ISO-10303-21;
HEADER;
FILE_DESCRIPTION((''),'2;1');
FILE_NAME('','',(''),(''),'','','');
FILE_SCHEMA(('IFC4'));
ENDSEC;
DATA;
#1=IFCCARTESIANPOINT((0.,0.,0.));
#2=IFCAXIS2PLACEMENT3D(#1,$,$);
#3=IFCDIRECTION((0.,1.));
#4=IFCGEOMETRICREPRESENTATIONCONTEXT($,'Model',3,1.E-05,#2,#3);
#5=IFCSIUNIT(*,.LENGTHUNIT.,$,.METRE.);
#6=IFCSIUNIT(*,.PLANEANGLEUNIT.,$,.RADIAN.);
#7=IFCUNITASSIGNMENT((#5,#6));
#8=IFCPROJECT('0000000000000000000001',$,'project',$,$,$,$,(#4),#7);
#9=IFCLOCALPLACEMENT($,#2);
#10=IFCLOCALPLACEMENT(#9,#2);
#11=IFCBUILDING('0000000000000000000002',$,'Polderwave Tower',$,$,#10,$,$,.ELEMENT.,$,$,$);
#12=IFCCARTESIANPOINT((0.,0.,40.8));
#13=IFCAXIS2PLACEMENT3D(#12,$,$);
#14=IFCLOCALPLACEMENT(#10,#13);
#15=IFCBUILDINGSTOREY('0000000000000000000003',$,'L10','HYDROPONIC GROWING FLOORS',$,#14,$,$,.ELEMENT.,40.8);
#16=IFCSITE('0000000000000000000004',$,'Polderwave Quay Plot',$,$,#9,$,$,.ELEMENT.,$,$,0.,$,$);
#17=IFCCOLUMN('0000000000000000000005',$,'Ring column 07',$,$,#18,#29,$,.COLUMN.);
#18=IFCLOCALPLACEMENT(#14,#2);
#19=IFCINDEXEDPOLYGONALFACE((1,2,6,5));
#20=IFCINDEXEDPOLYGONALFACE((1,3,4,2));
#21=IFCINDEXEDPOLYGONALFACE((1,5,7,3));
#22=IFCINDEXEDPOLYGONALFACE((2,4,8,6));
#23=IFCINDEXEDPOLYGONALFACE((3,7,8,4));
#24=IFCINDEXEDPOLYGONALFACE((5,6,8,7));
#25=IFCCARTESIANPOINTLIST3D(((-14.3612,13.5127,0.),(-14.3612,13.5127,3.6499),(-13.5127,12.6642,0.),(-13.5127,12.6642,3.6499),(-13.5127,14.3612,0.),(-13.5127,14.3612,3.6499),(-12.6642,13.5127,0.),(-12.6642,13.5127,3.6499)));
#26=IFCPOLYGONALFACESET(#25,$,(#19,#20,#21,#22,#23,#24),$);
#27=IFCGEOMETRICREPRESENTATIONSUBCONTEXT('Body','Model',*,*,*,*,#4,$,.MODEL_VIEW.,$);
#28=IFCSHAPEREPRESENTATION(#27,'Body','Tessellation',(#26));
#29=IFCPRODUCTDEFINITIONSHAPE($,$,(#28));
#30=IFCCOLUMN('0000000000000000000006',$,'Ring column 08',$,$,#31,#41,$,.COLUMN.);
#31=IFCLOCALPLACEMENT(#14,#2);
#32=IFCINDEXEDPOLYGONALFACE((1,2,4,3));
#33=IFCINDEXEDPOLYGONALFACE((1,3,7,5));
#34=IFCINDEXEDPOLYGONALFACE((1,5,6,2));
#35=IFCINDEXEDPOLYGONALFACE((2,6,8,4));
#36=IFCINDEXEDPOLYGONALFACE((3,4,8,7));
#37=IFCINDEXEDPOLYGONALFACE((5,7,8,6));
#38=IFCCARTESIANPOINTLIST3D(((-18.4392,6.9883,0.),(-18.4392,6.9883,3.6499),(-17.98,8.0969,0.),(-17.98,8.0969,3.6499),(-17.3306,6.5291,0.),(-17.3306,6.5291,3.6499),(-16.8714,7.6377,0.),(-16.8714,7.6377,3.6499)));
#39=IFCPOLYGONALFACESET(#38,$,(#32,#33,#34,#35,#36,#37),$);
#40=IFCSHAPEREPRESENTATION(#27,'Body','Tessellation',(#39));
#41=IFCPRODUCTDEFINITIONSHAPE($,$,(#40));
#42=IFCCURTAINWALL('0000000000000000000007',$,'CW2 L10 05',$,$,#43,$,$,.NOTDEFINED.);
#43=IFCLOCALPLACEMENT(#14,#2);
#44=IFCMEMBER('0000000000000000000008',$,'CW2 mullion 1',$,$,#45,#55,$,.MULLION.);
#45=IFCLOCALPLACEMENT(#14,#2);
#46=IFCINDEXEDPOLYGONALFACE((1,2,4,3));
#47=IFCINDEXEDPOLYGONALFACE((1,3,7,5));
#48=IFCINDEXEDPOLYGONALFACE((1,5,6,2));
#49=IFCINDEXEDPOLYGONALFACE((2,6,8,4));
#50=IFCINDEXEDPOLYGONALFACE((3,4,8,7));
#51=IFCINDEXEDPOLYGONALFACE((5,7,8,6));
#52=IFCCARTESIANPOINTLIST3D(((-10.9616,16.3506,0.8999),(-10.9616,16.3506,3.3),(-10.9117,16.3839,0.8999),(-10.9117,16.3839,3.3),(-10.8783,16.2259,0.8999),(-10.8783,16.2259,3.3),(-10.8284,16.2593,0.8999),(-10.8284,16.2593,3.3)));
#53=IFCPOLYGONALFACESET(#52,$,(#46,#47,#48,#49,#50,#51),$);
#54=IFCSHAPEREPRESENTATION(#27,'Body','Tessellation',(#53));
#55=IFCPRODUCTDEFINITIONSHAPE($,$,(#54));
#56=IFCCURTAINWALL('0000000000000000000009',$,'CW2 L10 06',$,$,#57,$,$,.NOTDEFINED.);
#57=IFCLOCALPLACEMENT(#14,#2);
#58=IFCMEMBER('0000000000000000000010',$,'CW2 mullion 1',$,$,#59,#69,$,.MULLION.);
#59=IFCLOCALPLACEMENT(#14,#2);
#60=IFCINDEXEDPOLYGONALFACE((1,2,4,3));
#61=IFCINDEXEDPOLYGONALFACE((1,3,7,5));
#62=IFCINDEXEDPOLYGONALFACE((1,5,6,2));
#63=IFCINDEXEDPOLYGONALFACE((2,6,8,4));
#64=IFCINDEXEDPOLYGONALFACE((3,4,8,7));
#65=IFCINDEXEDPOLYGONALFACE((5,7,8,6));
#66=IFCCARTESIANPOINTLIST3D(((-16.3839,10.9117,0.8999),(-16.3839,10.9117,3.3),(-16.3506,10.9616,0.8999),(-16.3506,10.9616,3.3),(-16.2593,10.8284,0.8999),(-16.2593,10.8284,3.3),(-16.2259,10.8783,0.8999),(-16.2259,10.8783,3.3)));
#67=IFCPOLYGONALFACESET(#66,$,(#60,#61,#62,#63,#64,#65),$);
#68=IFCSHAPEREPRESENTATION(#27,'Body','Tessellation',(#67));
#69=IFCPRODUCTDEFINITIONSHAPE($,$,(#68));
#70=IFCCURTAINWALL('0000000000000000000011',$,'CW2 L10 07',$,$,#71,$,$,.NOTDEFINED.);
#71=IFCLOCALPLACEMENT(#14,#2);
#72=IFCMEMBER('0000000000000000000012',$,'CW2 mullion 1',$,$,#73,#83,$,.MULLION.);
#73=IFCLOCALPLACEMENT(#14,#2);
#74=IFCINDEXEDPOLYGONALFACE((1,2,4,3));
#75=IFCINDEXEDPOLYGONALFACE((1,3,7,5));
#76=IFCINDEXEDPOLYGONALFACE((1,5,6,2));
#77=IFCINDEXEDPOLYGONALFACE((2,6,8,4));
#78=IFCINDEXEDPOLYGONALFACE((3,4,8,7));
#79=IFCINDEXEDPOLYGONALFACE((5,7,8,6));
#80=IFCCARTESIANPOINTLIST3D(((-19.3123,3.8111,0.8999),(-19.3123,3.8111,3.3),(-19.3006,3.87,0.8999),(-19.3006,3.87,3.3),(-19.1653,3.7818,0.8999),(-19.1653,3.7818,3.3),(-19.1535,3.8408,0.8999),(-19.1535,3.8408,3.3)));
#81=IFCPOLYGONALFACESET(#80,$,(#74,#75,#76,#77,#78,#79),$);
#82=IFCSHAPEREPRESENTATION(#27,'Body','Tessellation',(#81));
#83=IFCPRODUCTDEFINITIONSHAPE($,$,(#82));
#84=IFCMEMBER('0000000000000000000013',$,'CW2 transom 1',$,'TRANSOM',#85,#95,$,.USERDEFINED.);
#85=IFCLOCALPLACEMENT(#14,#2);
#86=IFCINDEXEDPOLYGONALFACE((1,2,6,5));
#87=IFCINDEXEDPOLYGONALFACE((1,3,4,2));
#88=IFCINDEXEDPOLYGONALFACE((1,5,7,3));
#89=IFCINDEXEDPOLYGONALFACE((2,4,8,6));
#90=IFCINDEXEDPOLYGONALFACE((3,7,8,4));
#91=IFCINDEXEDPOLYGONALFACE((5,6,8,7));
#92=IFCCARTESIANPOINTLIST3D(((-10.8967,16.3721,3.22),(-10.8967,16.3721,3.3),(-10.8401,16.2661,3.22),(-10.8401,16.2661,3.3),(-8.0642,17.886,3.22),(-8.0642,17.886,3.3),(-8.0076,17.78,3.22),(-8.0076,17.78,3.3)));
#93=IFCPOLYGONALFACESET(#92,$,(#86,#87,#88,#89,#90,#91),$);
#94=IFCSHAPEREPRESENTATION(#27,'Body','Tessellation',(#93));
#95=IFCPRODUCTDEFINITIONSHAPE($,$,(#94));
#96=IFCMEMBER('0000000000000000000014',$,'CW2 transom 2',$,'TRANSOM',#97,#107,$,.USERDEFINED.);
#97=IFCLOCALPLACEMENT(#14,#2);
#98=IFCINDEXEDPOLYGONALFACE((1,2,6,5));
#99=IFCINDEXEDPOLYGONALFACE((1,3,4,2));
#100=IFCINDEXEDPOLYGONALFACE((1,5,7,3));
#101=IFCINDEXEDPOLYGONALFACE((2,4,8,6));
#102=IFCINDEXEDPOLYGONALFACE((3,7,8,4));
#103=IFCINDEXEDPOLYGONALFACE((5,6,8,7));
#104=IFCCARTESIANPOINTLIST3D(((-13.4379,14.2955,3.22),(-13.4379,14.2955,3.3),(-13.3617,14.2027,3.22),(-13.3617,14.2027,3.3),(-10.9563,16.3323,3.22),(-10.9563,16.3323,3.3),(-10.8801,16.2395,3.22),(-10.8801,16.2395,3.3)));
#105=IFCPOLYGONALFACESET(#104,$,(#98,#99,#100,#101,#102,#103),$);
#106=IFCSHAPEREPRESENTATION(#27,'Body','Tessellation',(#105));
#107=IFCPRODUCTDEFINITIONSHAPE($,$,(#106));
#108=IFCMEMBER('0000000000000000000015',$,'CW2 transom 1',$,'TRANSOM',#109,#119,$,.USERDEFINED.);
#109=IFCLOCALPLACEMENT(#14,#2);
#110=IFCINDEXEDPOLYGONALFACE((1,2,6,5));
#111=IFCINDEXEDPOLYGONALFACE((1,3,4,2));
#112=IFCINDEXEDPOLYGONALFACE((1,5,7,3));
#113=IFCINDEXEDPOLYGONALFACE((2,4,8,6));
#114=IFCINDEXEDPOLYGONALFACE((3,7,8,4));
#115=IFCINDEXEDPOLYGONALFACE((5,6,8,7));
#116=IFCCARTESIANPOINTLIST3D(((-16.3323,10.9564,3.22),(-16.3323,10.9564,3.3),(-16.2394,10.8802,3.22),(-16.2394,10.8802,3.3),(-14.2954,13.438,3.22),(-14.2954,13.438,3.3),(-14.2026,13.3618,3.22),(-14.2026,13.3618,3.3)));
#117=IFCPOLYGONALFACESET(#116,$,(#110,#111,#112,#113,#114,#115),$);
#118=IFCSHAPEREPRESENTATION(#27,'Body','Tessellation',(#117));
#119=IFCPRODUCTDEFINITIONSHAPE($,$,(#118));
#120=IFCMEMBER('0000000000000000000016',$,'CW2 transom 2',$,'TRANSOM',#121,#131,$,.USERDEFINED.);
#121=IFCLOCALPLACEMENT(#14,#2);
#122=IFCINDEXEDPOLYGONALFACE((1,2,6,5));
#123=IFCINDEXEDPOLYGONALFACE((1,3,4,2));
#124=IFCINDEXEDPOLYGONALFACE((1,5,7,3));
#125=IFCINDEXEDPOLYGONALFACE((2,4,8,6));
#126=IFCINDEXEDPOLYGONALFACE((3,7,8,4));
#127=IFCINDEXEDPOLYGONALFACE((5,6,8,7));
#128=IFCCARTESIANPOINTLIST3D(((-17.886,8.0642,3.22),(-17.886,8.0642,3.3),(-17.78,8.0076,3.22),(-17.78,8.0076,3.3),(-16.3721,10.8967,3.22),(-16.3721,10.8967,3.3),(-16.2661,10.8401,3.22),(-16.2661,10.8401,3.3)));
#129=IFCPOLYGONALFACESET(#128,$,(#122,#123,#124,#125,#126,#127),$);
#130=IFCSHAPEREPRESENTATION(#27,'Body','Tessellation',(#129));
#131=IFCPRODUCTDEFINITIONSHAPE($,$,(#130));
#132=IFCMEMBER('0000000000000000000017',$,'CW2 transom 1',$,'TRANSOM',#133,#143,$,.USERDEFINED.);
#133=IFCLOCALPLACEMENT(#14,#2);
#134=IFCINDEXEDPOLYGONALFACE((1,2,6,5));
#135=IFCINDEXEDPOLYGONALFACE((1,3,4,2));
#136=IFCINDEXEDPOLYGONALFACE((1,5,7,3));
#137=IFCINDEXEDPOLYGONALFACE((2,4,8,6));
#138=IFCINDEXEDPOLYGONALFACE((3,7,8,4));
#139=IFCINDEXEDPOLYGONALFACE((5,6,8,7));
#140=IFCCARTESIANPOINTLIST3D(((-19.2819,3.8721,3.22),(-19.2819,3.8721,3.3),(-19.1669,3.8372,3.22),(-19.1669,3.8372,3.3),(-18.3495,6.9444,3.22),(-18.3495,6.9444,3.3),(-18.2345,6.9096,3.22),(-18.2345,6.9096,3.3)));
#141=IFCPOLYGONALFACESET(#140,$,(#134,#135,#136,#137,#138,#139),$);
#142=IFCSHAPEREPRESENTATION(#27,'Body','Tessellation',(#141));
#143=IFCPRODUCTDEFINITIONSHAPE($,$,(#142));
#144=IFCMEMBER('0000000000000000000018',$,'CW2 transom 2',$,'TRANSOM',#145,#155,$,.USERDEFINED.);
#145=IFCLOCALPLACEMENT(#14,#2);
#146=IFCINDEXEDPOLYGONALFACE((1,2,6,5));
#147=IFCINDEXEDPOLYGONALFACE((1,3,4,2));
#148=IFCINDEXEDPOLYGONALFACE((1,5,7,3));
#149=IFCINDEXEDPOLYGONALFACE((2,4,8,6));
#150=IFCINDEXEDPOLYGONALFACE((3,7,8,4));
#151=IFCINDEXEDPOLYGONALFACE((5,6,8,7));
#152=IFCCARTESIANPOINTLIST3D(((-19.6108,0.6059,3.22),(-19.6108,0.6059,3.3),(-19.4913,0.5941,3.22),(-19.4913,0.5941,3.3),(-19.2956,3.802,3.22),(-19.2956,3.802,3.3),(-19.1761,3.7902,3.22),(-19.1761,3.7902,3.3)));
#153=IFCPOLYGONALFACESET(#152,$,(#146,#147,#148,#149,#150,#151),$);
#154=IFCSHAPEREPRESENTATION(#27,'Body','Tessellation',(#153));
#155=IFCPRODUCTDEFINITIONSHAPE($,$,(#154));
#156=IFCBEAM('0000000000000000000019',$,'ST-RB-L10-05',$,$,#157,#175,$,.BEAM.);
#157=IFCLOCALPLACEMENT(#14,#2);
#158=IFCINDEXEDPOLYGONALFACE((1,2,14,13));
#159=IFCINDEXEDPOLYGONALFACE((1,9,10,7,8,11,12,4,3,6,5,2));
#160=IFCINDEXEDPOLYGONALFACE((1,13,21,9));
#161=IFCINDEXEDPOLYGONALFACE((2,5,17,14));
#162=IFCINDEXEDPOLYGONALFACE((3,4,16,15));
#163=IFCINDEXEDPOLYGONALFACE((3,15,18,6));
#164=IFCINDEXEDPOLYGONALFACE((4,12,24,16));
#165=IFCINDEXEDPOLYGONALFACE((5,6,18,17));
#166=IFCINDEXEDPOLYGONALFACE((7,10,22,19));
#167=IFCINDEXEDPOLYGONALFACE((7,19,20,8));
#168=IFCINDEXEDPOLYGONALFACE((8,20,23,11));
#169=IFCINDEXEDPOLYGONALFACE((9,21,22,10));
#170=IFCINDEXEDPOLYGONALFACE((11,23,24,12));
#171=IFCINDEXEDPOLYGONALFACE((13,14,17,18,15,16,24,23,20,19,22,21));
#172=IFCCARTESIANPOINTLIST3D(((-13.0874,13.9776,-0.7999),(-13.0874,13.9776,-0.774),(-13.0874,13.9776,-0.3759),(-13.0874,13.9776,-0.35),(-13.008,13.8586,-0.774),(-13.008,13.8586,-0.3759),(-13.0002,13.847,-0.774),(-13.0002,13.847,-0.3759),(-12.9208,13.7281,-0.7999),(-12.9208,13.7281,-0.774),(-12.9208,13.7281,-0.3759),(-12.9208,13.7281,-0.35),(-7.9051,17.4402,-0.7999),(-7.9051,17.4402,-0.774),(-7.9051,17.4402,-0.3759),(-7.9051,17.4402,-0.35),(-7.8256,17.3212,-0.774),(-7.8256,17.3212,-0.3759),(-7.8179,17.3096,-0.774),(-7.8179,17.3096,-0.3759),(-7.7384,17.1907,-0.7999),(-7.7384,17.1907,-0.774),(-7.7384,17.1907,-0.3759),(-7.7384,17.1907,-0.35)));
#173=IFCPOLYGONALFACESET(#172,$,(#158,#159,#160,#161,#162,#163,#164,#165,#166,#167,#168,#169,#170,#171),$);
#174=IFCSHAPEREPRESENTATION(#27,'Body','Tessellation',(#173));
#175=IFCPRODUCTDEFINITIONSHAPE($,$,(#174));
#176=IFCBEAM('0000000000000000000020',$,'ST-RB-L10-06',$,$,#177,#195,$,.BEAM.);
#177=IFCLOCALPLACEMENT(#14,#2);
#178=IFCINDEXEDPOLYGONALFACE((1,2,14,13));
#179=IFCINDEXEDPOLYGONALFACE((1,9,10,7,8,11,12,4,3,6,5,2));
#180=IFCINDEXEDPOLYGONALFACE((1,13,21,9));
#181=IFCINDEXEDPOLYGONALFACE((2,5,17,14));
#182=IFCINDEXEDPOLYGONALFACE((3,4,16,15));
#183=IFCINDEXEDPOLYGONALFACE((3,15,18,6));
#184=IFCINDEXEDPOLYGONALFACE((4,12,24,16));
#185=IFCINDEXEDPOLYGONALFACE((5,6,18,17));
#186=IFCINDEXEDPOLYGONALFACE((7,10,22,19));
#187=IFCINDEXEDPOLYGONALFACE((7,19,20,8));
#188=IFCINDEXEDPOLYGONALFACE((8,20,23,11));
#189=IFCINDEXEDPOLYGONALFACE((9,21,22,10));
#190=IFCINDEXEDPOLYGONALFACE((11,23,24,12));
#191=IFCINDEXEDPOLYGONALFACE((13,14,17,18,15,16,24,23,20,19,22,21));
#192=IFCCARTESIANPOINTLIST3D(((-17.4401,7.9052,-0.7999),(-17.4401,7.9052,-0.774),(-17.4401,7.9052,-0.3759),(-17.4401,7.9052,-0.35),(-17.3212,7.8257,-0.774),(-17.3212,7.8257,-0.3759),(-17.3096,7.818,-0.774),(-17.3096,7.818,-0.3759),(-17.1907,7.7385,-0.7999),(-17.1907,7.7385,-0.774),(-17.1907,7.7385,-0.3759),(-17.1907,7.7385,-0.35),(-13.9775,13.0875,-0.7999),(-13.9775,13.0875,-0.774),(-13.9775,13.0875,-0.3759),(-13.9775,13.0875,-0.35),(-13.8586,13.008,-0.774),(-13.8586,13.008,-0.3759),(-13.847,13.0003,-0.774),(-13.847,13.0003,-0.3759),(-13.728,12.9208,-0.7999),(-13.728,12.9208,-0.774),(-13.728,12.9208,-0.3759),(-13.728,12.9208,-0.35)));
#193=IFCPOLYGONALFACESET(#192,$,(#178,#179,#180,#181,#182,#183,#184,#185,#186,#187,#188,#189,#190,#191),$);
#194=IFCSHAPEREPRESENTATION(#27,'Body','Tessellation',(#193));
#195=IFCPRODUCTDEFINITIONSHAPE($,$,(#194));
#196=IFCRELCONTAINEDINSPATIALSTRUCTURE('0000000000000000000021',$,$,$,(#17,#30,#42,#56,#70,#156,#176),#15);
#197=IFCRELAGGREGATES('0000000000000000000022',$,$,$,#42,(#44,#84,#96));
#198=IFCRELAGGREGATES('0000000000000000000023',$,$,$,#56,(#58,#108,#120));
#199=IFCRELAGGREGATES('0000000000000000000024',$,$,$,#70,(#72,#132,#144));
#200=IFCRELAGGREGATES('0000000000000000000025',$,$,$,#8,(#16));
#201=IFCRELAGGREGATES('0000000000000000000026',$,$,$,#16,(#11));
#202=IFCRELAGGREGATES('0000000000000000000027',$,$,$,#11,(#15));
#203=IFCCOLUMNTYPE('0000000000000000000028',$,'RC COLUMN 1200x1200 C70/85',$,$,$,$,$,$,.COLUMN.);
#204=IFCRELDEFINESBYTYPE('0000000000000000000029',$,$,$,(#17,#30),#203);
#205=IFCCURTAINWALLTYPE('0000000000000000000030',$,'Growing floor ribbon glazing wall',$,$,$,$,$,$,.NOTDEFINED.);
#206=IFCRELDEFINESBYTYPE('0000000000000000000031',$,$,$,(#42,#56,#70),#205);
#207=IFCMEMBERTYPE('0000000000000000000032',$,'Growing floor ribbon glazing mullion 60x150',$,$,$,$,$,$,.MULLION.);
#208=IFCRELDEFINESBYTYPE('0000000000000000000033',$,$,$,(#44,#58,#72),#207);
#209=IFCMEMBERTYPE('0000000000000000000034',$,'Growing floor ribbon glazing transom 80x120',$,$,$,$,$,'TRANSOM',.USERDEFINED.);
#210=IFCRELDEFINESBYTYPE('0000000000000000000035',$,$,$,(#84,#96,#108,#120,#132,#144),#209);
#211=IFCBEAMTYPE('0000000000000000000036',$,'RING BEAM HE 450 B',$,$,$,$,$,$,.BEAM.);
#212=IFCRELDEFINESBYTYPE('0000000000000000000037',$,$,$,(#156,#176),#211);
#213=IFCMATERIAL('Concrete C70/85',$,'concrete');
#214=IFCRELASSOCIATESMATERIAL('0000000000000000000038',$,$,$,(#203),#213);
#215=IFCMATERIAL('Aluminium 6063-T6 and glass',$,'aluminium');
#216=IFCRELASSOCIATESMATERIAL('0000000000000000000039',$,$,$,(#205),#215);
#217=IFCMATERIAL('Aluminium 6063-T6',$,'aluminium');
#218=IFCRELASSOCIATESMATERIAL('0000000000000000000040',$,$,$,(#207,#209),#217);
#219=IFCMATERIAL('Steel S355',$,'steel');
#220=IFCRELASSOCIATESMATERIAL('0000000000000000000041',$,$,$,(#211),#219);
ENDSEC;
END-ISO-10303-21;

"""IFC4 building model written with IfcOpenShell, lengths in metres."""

from ifc_helpers import new_model, si_unit, direction, frame, origin, origin_2d, place, context, subcontext, project, spatial, rectangle, i_section, extrude, material, material_profile, profile_set, type_object, element, aggregate, save


model = new_model("IFC4")

# Units and contexts
model_context = context("Model", 3, precision=1e-05, world=origin(), true_north=direction((0.0, 1.0)))
body_context = subcontext(model_context, "Body", "Model", "MODEL_VIEW")
ifc_project = project(units=[si_unit("LENGTHUNIT", "METRE"), si_unit("PLANEANGLEUNIT", "RADIAN")], contexts=[model_context])

# Site, building, storey
site_placement = place(None, origin())
site = spatial("IfcSite", under=ifc_project, at=site_placement, Name="Polderwave Quay Plot", CompositionType="ELEMENT", RefElevation=0.0)
building_placement = place(site_placement, origin())
building = spatial("IfcBuilding", under=site, at=building_placement, Name="Polderwave Tower", CompositionType="ELEMENT")
storey_placement = place(building_placement, frame((0.0, 0.0, 40.8)))
storey = spatial("IfcBuildingStorey", under=building, at=storey_placement, Name="L10", Description="HYDROPONIC GROWING FLOORS", CompositionType="ELEMENT", Elevation=40.8)

# Columns
ifc_material_1 = material(Name="Concrete C70/85", Category="concrete")
ifc_material_profile_1 = material_profile(ifc_material_1, rectangle(XDim=1.2, YDim=1.2, at=origin_2d()), Name="RC 1200x1200")
ifc_profile_set_1 = profile_set([ifc_material_profile_1], Name="Concrete C70/85")
column_type = type_object("IfcColumnType", Name="RC COLUMN 1200x1200 C70/85", PredefinedType="COLUMN", material=ifc_profile_set_1)
for number, where, z_axis, x_axis, name in (
    (1, (-13.5127, 13.5127, 0.0), (0.0, 0.0, 1.0), (-0.707107, 0.707107, 0.0), "Ring column 07"),
    (2, (-17.6553, 7.313, 0.0), (0.0, 0.0, 1.0), (-0.92388, 0.382683, 0.0), "Ring column 08"),
):
    element("IfcColumn", number, at=place(storey_placement, frame(where, z_axis=z_axis, x_axis=x_axis)), inside=storey, type_object=column_type, Name=name, PredefinedType="COLUMN", context=body_context, shape_type="SweptSolid", body=[
        extrude(rectangle(XDim=1.2, YDim=1.2, at=origin_2d()), origin(), (0.0, 0.0, 1.0), 3.6499),
    ])

# Curtain walls, members
ifc_material_2 = material(Name="Aluminium 6063-T6 and glass", Category="aluminium")
curtain_wall_type = type_object("IfcCurtainWallType", Name="Growing floor ribbon glazing wall", PredefinedType="NOTDEFINED", material=ifc_material_2)
curtain_wall_1_placement = place(storey_placement, origin())
curtain_wall_1 = element("IfcCurtainWall", 3, at=curtain_wall_1_placement, inside=storey, type_object=curtain_wall_type, Name="CW2 L10 05", PredefinedType="NOTDEFINED")
ifc_material_3 = material(Name="Aluminium 6063-T6", Category="aluminium")
ifc_material_profile_2 = material_profile(ifc_material_3, rectangle(XDim=0.1499, YDim=0.0601, at=origin_2d()), Name="AL 60x150")
ifc_profile_set_2 = profile_set([ifc_material_profile_2], Name="Aluminium 6063-T6")
member_type_1 = type_object("IfcMemberType", Name="Growing floor ribbon glazing mullion 60x150", PredefinedType="MULLION", material=ifc_profile_set_2)
member_1_placement = place(storey_placement, frame((-10.895, 16.3049, 0.8999), z_axis=(0.0, 0.0, 1.0), x_axis=(0.555572, -0.831469, 0.0)))
member_1 = element("IfcMember", 4, at=member_1_placement, type_object=member_type_1, Name="CW2 mullion 1", PredefinedType="MULLION", context=body_context, shape_type="SweptSolid", body=[
    extrude(rectangle(XDim=0.1499, YDim=0.0601, at=origin_2d()), origin(), (0.0, 0.0, 1.0), 2.4001),
])
curtain_wall_2_placement = place(storey_placement, origin())
curtain_wall_2 = element("IfcCurtainWall", 5, at=curtain_wall_2_placement, inside=storey, type_object=curtain_wall_type, Name="CW2 L10 06", PredefinedType="NOTDEFINED")
member_2_placement = place(storey_placement, frame((-16.3049, 10.895, 0.8999), z_axis=(0.0, 0.0, 1.0), x_axis=(0.831469, -0.555572, 0.0)))
member_2 = element("IfcMember", 6, at=member_2_placement, type_object=member_type_1, Name="CW2 mullion 1", PredefinedType="MULLION", context=body_context, shape_type="SweptSolid", body=[
    extrude(rectangle(XDim=0.1499, YDim=0.0601, at=origin_2d()), origin(), (0.0, 0.0, 1.0), 2.4001),
])
curtain_wall_3_placement = place(storey_placement, origin())
curtain_wall_3 = element("IfcCurtainWall", 7, at=curtain_wall_3_placement, inside=storey, type_object=curtain_wall_type, Name="CW2 L10 07", PredefinedType="NOTDEFINED")
member_3_placement = place(storey_placement, frame((-19.2329, 3.8259, 0.8999), z_axis=(0.0, 0.0, 1.0), x_axis=(0.980768, -0.195178, 0.0)))
member_3 = element("IfcMember", 8, at=member_3_placement, type_object=member_type_1, Name="CW2 mullion 1", PredefinedType="MULLION", context=body_context, shape_type="SweptSolid", body=[
    extrude(rectangle(XDim=0.1499, YDim=0.0601, at=origin_2d()), origin(), (0.0, 0.0, 1.0), 2.4001),
])

# Members
ifc_material_profile_3 = material_profile(ifc_material_3, rectangle(XDim=0.1201, YDim=0.0801, at=origin_2d()), Name="AL 80x120")
ifc_profile_set_3 = profile_set([ifc_material_profile_3], Name="Aluminium 6063-T6")
member_type_2 = type_object("IfcMemberType", Name="Growing floor ribbon glazing transom 80x120", ElementType="TRANSOM", PredefinedType="USERDEFINED", material=ifc_profile_set_3)
member_4_placement = place(storey_placement, frame((-8.0359, 17.833, 3.26), z_axis=(-0.881934, -0.471373, 0.0), x_axis=(0.471373, -0.881934, 0.0)))
member_4 = element("IfcMember", 9, at=member_4_placement, type_object=member_type_2, Name="CW2 transom 1", ObjectType="TRANSOM", PredefinedType="USERDEFINED", context=body_context, shape_type="SweptSolid", body=[
    extrude(rectangle(XDim=0.1201, YDim=0.0801, at=origin_2d()), origin(), (0.0, 0.0, 1.0), 3.2117),
])
member_5_placement = place(storey_placement, frame((-10.9182, 16.2859, 3.26), z_axis=(-0.772981, -0.63443, 0.0), x_axis=(0.63443, -0.772981, 0.0)))
member_5 = element("IfcMember", 10, at=member_5_placement, type_object=member_type_2, Name="CW2 transom 2", ObjectType="TRANSOM", PredefinedType="USERDEFINED", context=body_context, shape_type="SweptSolid", body=[
    extrude(rectangle(XDim=0.1201, YDim=0.0801, at=origin_2d()), origin(), (0.0, 0.0, 1.0), 3.2104),
])
member_6_placement = place(storey_placement, frame((-14.249, 13.3999, 3.26), z_axis=(-0.63443, -0.772981, 0.0), x_axis=(0.772981, -0.63443, 0.0)))
member_6 = element("IfcMember", 11, at=member_6_placement, type_object=member_type_2, Name="CW2 transom 1", ObjectType="TRANSOM", PredefinedType="USERDEFINED", context=body_context, shape_type="SweptSolid", body=[
    extrude(rectangle(XDim=0.1201, YDim=0.0801, at=origin_2d()), origin(), (0.0, 0.0, 1.0), 3.2104),
])
member_7_placement = place(storey_placement, frame((-16.3191, 10.8684, 3.26), z_axis=(-0.471373, -0.881934, 0.0), x_axis=(0.881934, -0.471373, 0.0)))
member_7 = element("IfcMember", 12, at=member_7_placement, type_object=member_type_2, Name="CW2 transom 2", ObjectType="TRANSOM", PredefinedType="USERDEFINED", context=body_context, shape_type="SweptSolid", body=[
    extrude(rectangle(XDim=0.1201, YDim=0.0801, at=origin_2d()), origin(), (0.0, 0.0, 1.0), 3.2117),
])
member_8_placement = place(storey_placement, frame((-18.292, 6.927, 3.26), z_axis=(-0.290402, -0.956905, 0.0), x_axis=(0.956905, -0.290402, 0.0)))
member_8 = element("IfcMember", 13, at=member_8_placement, type_object=member_type_2, Name="CW2 transom 1", ObjectType="TRANSOM", PredefinedType="USERDEFINED", context=body_context, shape_type="SweptSolid", body=[
    extrude(rectangle(XDim=0.1201, YDim=0.0801, at=origin_2d()), origin(), (0.0, 0.0, 1.0), 3.2107),
])
member_9_placement = place(storey_placement, frame((-19.2358, 3.7961, 3.26), z_axis=(-0.098141, -0.995172, 0.0), x_axis=(0.995172, -0.098141, 0.0)))
member_9 = element("IfcMember", 14, at=member_9_placement, type_object=member_type_2, Name="CW2 transom 2", ObjectType="TRANSOM", PredefinedType="USERDEFINED", context=body_context, shape_type="SweptSolid", body=[
    extrude(rectangle(XDim=0.1201, YDim=0.0801, at=origin_2d()), origin(), (0.0, 0.0, 1.0), 3.2117),
])

# Beams
ifc_material_4 = material(Name="Steel S355", Category="steel")
ifc_material_profile_4 = material_profile(ifc_material_4, i_section(OverallWidth=0.3, OverallDepth=0.45, WebThickness=0.0139, FlangeThickness=0.0259, at=origin_2d()), Name="HE 450 B")
ifc_profile_set_4 = profile_set([ifc_material_profile_4], Name="Steel S355")
beam_type = type_object("IfcBeamType", Name="RING BEAM HE 450 B", PredefinedType="BEAM", material=ifc_profile_set_4)
for number, where, z_axis, x_axis, name in (
    (15, (-7.8218, 17.3154, -0.575), (-0.831477, -0.555559, 0.0), (0.555559, -0.831477, 0.0), "ST-RB-L10-05"),
    (16, (-13.8528, 13.0042, -0.575), (-0.555559, -0.831477, 0.0), (0.831477, -0.555559, 0.0), "ST-RB-L10-06"),
):
    element("IfcBeam", number, at=place(storey_placement, frame(where, z_axis=z_axis, x_axis=x_axis)), inside=storey, type_object=beam_type, Name=name, PredefinedType="BEAM", context=body_context, shape_type="SweptSolid", body=[
        extrude(i_section(OverallWidth=0.3, OverallDepth=0.45, WebThickness=0.0139, FlangeThickness=0.0259, at=origin_2d()), origin(), (0.0, 0.0, 1.0), 6.2327),
    ])

aggregate(curtain_wall_1, [member_1, member_4, member_5])
aggregate(curtain_wall_2, [member_2, member_6, member_7])
aggregate(curtain_wall_3, [member_3, member_8, member_9])

save(model, "model.ifc")
